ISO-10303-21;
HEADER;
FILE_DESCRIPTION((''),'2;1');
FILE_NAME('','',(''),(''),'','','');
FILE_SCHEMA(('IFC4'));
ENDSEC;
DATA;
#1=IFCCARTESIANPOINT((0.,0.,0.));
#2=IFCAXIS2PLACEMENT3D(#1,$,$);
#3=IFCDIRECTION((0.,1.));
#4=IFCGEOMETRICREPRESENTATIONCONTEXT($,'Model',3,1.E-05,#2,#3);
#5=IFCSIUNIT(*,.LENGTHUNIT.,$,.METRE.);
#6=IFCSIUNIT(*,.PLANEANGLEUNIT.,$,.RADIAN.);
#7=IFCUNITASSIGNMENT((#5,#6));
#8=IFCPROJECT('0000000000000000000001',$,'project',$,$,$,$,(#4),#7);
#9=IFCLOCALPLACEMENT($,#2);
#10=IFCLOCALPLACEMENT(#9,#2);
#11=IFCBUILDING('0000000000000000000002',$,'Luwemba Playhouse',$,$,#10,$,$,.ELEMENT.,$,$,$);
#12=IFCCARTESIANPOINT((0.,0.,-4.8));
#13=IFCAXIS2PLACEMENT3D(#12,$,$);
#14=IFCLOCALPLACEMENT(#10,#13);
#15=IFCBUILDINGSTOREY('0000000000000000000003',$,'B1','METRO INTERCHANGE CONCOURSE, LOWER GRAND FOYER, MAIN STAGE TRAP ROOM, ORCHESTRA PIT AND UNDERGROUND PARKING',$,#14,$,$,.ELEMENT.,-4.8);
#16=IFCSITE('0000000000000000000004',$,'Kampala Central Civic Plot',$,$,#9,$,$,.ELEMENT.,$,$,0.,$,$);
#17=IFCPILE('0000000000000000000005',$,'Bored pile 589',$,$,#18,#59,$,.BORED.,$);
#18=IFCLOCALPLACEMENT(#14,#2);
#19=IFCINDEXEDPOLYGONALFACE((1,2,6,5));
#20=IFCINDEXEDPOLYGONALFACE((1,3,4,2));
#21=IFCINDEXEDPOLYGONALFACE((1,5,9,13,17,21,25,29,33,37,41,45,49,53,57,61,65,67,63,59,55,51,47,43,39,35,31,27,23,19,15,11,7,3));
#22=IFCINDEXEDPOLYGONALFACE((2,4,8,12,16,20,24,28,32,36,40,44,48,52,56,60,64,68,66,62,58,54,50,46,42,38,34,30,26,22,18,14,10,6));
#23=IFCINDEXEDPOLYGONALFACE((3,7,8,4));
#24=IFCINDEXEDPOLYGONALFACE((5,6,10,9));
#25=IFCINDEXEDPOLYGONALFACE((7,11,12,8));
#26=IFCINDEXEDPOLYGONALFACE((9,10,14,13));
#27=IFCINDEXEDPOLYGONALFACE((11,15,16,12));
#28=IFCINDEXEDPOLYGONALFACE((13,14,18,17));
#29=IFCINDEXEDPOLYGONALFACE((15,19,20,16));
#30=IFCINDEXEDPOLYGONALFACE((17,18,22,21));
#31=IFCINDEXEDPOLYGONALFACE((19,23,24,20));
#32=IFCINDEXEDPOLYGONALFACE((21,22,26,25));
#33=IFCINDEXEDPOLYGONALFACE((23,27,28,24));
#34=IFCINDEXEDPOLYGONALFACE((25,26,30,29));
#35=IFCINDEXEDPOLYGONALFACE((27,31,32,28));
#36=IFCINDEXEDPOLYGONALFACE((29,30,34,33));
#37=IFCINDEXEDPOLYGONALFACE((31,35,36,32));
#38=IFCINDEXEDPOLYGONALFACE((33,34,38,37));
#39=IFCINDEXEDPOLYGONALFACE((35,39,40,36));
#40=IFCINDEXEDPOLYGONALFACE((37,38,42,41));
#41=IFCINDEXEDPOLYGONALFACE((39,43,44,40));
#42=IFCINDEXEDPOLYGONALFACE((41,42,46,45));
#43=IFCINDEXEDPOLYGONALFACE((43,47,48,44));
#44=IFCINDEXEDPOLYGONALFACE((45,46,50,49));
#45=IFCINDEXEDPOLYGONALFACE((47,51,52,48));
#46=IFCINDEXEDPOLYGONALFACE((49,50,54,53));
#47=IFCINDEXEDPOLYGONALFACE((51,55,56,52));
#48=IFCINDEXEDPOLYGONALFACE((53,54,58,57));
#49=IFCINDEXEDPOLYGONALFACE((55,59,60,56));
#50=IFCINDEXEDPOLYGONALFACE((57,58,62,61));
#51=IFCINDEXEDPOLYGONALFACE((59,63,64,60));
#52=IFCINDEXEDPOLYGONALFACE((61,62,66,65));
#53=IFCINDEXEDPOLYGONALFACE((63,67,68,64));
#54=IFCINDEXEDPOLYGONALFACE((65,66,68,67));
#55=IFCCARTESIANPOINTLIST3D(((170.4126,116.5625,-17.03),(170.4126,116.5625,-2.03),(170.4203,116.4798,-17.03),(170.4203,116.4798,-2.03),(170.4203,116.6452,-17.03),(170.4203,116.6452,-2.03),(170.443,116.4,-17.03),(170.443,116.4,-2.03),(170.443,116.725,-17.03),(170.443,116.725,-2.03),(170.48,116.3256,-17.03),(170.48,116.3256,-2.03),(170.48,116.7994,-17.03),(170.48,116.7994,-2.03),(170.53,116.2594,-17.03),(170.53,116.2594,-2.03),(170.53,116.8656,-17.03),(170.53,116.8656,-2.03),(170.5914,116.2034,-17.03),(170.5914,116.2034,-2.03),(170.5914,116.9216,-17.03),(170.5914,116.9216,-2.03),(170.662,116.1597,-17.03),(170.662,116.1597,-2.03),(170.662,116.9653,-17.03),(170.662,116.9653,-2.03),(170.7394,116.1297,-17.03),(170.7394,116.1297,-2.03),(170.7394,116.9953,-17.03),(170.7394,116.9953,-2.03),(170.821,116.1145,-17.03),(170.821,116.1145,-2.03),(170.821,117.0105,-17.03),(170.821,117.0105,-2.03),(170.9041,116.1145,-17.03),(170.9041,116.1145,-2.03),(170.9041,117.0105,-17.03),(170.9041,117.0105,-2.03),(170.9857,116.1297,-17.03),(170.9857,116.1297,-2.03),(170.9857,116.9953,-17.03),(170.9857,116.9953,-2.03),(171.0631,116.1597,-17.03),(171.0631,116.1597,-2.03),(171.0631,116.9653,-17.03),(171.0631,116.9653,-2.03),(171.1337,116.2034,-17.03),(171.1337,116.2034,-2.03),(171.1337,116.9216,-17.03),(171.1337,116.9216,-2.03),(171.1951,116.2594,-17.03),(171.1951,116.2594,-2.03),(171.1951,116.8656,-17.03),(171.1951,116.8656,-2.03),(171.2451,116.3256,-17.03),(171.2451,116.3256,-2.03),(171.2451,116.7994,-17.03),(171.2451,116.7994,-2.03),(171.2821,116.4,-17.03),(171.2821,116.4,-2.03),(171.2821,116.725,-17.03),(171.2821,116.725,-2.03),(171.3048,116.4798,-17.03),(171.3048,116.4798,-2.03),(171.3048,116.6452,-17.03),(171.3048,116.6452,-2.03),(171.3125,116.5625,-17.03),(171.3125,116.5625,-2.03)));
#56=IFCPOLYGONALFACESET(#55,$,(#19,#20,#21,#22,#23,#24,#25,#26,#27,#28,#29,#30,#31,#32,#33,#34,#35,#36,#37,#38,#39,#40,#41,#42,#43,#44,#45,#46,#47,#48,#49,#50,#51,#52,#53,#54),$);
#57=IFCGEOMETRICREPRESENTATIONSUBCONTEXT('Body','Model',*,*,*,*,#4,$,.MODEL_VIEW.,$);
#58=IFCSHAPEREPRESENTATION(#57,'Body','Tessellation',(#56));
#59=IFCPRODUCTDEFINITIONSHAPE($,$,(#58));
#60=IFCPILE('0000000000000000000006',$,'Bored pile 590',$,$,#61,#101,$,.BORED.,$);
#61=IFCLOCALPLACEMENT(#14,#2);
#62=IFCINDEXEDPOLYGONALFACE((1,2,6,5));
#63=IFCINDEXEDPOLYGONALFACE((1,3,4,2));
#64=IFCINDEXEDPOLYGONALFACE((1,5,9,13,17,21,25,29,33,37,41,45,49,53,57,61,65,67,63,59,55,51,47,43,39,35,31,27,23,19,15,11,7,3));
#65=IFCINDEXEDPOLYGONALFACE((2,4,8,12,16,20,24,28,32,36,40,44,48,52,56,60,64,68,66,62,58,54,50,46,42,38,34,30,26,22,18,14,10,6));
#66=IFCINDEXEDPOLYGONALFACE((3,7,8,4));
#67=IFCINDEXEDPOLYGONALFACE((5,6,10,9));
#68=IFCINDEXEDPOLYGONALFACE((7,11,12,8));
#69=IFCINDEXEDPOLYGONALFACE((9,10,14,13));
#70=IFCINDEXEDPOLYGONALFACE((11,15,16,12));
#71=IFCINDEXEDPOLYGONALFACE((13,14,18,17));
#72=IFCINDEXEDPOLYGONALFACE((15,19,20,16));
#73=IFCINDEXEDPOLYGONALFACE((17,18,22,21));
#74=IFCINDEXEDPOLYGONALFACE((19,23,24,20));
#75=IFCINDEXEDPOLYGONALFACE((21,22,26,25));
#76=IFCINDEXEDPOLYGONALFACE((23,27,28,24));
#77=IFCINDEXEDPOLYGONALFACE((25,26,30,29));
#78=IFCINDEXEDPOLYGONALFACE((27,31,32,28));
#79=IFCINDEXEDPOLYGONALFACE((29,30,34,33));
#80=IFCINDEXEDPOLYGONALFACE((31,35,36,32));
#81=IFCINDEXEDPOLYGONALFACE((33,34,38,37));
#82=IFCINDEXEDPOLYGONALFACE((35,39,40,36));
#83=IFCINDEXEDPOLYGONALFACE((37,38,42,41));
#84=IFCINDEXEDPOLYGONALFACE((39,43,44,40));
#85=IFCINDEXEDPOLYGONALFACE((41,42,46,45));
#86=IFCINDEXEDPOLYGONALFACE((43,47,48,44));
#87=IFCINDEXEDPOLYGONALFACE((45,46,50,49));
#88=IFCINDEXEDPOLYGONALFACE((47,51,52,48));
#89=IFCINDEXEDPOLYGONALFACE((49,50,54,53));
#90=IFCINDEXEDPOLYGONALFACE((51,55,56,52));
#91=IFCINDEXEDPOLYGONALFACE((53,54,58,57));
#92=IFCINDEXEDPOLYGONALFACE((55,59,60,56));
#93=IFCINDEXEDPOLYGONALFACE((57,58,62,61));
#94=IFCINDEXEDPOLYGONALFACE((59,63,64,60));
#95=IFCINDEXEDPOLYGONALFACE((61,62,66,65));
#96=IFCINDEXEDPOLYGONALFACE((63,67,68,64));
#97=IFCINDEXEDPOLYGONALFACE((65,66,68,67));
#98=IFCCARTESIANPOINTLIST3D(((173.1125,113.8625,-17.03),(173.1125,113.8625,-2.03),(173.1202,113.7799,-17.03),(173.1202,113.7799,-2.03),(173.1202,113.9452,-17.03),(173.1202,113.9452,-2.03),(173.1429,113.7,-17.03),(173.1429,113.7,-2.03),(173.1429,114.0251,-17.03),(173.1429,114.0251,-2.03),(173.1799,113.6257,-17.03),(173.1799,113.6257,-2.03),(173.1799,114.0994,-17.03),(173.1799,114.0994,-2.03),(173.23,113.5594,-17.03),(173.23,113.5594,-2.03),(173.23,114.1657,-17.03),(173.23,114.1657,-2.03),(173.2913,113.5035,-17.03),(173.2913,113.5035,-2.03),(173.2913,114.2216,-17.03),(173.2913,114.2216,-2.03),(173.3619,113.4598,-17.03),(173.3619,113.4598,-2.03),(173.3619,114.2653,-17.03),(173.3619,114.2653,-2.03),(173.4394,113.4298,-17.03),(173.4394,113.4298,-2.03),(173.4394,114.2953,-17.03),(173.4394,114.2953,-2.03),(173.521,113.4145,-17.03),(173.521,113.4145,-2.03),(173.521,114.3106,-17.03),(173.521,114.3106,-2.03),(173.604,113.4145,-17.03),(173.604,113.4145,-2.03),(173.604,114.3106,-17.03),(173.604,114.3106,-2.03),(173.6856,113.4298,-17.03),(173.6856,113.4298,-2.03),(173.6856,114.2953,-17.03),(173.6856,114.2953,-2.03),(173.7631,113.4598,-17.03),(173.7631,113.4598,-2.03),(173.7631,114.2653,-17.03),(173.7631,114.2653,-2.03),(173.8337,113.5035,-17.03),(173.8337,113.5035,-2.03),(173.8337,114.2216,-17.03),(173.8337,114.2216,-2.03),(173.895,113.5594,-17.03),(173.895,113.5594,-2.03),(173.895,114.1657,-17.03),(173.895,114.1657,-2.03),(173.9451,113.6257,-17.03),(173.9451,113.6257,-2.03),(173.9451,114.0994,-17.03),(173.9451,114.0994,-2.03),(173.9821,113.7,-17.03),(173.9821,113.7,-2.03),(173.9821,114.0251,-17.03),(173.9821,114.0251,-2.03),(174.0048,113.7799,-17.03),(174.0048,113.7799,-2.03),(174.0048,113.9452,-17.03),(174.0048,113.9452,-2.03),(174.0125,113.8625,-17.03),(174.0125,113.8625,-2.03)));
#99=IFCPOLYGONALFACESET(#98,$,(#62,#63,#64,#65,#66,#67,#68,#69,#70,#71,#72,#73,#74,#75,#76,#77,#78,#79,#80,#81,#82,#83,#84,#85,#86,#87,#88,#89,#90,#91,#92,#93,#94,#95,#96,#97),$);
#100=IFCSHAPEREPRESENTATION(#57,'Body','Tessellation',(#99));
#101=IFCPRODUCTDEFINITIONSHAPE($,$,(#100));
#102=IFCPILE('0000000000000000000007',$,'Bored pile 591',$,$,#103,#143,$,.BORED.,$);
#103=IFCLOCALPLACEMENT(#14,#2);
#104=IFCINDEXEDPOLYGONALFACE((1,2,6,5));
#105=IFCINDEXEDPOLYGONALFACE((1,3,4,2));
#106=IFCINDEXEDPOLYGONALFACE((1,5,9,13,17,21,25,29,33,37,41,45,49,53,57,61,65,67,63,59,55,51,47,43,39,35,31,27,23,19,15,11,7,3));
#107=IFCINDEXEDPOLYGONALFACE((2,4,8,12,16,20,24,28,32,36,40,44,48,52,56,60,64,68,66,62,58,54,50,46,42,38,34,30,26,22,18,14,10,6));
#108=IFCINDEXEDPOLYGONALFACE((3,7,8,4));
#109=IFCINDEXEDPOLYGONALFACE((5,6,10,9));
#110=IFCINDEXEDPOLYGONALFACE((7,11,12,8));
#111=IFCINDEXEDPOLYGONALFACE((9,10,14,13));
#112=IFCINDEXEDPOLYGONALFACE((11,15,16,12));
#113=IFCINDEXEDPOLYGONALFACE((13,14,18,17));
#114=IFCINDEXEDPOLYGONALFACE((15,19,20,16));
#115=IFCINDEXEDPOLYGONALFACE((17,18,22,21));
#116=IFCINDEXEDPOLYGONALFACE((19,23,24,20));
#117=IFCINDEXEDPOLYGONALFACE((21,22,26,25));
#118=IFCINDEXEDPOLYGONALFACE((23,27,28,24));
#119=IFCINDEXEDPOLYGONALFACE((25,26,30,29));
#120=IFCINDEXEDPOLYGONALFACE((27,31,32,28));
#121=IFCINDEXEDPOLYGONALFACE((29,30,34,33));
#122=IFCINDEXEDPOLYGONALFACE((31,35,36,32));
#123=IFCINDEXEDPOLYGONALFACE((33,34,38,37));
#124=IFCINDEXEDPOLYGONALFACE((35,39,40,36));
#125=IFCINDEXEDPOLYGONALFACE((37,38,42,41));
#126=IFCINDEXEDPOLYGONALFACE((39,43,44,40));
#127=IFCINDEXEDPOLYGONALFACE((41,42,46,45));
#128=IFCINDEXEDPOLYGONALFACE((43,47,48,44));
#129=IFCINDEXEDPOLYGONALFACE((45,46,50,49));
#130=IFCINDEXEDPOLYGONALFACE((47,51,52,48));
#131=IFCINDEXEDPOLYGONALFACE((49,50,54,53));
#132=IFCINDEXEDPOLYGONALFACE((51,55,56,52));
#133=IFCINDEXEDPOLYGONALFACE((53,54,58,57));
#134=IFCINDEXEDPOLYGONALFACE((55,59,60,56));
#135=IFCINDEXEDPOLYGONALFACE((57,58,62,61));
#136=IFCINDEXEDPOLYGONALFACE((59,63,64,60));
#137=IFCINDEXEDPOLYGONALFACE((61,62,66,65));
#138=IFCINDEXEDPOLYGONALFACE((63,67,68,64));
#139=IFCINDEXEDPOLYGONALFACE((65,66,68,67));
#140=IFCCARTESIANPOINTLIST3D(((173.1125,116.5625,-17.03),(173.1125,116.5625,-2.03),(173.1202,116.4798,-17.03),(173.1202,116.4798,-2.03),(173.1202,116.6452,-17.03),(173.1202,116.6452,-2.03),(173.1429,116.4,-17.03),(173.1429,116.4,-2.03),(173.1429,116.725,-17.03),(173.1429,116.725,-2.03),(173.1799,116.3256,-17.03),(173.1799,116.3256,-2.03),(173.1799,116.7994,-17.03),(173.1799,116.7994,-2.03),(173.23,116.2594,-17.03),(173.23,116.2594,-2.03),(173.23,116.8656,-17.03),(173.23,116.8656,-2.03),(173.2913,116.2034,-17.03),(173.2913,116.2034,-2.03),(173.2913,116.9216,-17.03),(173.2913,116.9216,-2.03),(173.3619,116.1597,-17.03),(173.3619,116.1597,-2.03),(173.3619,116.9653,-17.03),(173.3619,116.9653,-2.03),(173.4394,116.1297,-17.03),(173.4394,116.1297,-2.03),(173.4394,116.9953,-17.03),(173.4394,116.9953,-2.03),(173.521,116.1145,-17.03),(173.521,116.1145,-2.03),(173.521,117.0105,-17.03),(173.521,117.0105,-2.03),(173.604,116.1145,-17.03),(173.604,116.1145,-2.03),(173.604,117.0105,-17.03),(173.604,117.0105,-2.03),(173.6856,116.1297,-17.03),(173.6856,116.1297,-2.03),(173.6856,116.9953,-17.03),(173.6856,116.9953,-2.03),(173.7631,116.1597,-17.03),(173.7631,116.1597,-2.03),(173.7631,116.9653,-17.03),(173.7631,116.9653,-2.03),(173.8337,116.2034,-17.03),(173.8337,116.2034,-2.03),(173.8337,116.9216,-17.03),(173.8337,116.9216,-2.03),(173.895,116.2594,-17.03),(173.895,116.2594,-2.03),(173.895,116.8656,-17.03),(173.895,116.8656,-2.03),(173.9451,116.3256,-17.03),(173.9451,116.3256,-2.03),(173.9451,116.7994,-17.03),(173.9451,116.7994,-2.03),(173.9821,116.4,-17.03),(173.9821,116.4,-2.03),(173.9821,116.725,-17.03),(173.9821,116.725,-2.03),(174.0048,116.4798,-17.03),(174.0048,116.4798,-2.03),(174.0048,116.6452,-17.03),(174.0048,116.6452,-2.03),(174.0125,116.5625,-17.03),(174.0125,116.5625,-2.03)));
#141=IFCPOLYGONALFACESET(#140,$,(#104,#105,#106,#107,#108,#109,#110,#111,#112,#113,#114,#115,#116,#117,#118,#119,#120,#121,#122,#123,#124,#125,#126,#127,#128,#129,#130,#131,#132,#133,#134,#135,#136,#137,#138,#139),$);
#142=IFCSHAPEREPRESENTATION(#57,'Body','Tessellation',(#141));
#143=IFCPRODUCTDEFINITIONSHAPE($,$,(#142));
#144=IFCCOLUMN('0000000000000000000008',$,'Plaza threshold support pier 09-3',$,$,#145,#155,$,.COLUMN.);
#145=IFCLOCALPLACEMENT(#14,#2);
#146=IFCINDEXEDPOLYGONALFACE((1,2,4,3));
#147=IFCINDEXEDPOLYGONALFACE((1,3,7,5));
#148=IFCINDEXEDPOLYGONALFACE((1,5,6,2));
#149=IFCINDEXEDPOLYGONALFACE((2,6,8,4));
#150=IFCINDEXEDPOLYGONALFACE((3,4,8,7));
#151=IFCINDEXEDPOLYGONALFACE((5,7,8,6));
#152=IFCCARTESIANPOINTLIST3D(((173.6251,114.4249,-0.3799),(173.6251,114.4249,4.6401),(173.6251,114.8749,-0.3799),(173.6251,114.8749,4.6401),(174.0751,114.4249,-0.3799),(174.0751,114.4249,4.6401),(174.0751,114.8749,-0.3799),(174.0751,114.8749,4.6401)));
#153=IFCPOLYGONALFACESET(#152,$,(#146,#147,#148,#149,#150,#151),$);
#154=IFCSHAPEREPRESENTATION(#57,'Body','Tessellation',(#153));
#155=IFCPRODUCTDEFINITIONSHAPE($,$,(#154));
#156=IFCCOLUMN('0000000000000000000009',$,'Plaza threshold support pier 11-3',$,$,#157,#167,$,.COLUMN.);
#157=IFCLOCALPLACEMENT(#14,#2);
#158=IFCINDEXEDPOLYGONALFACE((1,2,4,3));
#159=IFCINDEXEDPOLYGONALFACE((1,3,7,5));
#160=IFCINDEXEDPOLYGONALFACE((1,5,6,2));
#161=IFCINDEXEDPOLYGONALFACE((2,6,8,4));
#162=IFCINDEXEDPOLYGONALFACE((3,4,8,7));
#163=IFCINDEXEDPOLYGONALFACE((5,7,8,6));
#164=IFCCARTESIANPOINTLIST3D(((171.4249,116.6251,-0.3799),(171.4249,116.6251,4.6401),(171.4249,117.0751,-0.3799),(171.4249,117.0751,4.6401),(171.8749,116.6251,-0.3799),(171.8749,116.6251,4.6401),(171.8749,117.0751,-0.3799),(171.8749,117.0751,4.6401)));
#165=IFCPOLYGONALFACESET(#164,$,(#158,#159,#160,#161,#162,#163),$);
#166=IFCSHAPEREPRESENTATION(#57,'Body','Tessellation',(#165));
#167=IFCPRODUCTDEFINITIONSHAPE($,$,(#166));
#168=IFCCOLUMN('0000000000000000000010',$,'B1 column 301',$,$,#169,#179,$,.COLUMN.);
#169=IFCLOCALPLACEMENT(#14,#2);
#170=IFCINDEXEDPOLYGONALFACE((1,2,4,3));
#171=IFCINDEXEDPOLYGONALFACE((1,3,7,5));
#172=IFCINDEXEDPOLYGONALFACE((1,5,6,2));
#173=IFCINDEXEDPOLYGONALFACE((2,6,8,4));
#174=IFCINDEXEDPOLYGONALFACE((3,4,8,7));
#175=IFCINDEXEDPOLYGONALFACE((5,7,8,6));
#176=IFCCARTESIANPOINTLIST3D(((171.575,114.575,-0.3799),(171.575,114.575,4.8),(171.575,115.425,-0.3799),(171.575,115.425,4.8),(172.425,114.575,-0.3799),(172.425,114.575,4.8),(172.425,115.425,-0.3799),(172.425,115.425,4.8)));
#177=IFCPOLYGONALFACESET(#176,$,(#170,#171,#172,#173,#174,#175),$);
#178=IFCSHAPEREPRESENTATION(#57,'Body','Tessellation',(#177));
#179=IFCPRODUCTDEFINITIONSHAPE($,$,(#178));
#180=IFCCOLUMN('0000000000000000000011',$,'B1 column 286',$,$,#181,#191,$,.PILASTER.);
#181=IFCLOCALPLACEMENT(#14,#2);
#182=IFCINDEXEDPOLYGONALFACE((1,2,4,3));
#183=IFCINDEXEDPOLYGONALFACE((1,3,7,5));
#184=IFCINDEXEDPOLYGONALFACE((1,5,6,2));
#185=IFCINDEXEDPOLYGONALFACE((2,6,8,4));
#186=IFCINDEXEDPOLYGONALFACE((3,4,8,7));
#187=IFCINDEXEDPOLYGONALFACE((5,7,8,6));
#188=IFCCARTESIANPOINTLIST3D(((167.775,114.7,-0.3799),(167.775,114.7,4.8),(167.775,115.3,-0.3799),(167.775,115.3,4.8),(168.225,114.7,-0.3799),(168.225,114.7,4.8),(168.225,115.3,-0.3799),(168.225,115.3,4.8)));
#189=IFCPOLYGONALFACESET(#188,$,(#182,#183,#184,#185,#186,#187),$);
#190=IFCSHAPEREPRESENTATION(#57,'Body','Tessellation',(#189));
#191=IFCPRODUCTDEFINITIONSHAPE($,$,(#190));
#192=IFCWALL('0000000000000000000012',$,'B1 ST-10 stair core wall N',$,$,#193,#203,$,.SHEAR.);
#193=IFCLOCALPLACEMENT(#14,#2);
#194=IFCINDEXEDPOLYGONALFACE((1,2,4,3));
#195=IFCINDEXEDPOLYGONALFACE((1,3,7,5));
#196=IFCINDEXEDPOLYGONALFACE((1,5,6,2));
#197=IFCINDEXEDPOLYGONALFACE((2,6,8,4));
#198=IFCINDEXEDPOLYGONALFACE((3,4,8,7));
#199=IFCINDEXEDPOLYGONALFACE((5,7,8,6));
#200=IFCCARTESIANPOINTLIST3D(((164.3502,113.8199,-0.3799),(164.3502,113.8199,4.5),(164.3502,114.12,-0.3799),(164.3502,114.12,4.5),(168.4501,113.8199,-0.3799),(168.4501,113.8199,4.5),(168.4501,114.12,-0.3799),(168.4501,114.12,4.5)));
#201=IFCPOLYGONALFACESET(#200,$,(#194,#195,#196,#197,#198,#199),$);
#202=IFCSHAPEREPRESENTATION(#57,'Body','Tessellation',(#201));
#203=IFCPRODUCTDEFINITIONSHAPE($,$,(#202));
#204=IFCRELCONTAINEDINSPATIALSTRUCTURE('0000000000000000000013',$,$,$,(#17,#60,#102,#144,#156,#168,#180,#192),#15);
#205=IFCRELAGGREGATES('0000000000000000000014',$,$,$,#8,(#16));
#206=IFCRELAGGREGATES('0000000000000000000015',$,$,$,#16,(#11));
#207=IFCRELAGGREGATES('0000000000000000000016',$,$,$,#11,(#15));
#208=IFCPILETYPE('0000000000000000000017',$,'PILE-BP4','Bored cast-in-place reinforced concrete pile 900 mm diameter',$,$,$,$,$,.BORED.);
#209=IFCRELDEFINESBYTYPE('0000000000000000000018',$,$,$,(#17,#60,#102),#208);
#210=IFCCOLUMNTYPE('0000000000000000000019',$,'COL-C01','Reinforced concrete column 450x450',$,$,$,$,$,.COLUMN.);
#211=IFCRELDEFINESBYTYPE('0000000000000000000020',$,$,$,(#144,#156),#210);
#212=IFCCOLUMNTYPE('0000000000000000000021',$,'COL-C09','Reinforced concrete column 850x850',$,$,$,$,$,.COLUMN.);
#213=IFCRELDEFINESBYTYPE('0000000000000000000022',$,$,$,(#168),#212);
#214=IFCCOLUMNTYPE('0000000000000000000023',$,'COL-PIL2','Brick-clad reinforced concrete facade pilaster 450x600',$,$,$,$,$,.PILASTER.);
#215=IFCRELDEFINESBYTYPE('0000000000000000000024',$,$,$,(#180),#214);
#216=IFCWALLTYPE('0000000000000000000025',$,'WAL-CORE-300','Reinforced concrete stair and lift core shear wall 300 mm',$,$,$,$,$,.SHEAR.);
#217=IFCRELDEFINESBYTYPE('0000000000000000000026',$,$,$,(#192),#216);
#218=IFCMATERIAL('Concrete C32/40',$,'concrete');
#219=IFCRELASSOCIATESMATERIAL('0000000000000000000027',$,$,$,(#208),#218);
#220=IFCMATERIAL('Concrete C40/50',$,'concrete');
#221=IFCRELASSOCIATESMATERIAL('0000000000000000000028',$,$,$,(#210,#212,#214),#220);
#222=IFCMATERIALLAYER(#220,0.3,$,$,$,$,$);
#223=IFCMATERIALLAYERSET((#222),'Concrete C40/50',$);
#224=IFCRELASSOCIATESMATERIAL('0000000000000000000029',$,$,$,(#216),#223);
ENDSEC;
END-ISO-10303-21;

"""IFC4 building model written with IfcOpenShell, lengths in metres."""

from ifc_helpers import new_model, si_unit, direction, frame, frame_2d, origin, origin_2d, place, context, subcontext, project, spatial, rectangle, circle, extrude, material, layer, layer_set, material_profile, profile_set, type_object, element, save


model = new_model("IFC4")

# Units and contexts
model_context = context("Model", 3, precision=1e-05, world=origin(), true_north=direction((0.0, 1.0)))
body_context = subcontext(model_context, "Body", "Model", "MODEL_VIEW")
ifc_project = project(units=[si_unit("LENGTHUNIT", "METRE"), si_unit("PLANEANGLEUNIT", "RADIAN")], contexts=[model_context])

# Site, building, storey
site_placement = place(None, origin())
site = spatial("IfcSite", under=ifc_project, at=site_placement, Name="Kampala Central Civic Plot", CompositionType="ELEMENT", RefElevation=0.0)
building_placement = place(site_placement, origin())
building = spatial("IfcBuilding", under=site, at=building_placement, Name="Luwemba Playhouse", CompositionType="ELEMENT")
storey_placement = place(building_placement, frame((0.0, 0.0, -4.8)))
storey = spatial("IfcBuildingStorey", under=building, at=storey_placement, Name="B1", Description="METRO INTERCHANGE CONCOURSE, LOWER GRAND FOYER, MAIN STAGE TRAP ROOM, ORCHESTRA PIT AND UNDERGROUND PARKING", CompositionType="ELEMENT", Elevation=-4.8)

# Shared definitions
ifc_material_1 = material(Name="Concrete C32/40", Category="concrete")

# Piles
ifc_material_profile_1 = material_profile(ifc_material_1, circle(Radius=0.45, at=origin_2d()))
ifc_profile_set_1 = profile_set([ifc_material_profile_1], Name="Concrete C32/40")
pile_type_1 = type_object("IfcPileType", Name="PILE-BP4", Description="Bored cast-in-place reinforced concrete pile 900 mm diameter", PredefinedType="BORED", material=ifc_profile_set_1)
for number, where, z_axis, x_axis, name in (
    (1, (170.8625, 116.5625, -2.03), (0.0, 0.0, -1.0), (1.0, 0.0, 0.0), "Bored pile 589"),
    (2, (173.5625, 113.8625, -2.03), (0.0, 0.0, -1.0), (1.0, 0.0, 0.0), "Bored pile 590"),
    (3, (173.5625, 116.5625, -2.03), (0.0, 0.0, -1.0), (1.0, 0.0, 0.0), "Bored pile 591"),
):
    element("IfcPile", number, at=place(storey_placement, frame(where, z_axis=z_axis, x_axis=x_axis)), inside=storey, type_object=pile_type_1, Name=name, PredefinedType="BORED", context=body_context, shape_type="SweptSolid", body=[
        extrude(circle(Radius=0.45, at=origin_2d()), origin(), (0.0, 0.0, 1.0), 15.0),
    ])

# Columns
ifc_material_2 = material(Name="Concrete C40/50", Category="concrete")
ifc_material_profile_2 = material_profile(ifc_material_2, rectangle(XDim=0.45, YDim=0.45, at=origin_2d()))
ifc_profile_set_2 = profile_set([ifc_material_profile_2], Name="Concrete C40/50")
column_type_1 = type_object("IfcColumnType", Name="COL-C01", Description="Reinforced concrete column 450x450", PredefinedType="COLUMN", material=ifc_profile_set_2)
for number, where, z_axis, x_axis, name in (
    (4, (173.8501, 114.6499, -0.3799), (0.0, 0.0, 1.0), (1.0, 0.0, 0.0), "Plaza threshold support pier 09-3"),
    (5, (171.6499, 116.8501, -0.3799), (0.0, 0.0, 1.0), (1.0, 0.0, 0.0), "Plaza threshold support pier 11-3"),
):
    element("IfcColumn", number, at=place(storey_placement, frame(where, z_axis=z_axis, x_axis=x_axis)), inside=storey, type_object=column_type_1, Name=name, PredefinedType="COLUMN", context=body_context, shape_type="SweptSolid", body=[
        extrude(rectangle(XDim=0.45, YDim=0.45, at=origin_2d()), origin(), (0.0, 0.0, 1.0), 5.02),
    ])
ifc_material_profile_3 = material_profile(ifc_material_2, rectangle(XDim=0.8501, YDim=0.8501, at=origin_2d()))
ifc_profile_set_3 = profile_set([ifc_material_profile_3], Name="Concrete C40/50")
column_type_2 = type_object("IfcColumnType", Name="COL-C09", Description="Reinforced concrete column 850x850", PredefinedType="COLUMN", material=ifc_profile_set_3)
column_1_placement = place(storey_placement, frame((172.0, 115.0, -0.3799), z_axis=(0.0, 0.0, 1.0), x_axis=(1.0, 0.0, 0.0)))
element("IfcColumn", 6, at=column_1_placement, inside=storey, type_object=column_type_2, Name="B1 column 301", PredefinedType="COLUMN", context=body_context, shape_type="SweptSolid", body=[
    extrude(rectangle(XDim=0.8501, YDim=0.8501, at=origin_2d()), origin(), (0.0, 0.0, 1.0), 5.1799),
])
ifc_material_profile_4 = material_profile(ifc_material_2, rectangle(XDim=0.45, YDim=0.6001, at=origin_2d()))
ifc_profile_set_4 = profile_set([ifc_material_profile_4], Name="Concrete C40/50")
column_type_3 = type_object("IfcColumnType", Name="COL-PIL2", Description="Brick-clad reinforced concrete facade pilaster 450x600", PredefinedType="PILASTER", material=ifc_profile_set_4)
column_2_placement = place(storey_placement, frame((168.0, 115.0, -0.3799), z_axis=(0.0, 0.0, 1.0), x_axis=(1.0, 0.0, 0.0)))
element("IfcColumn", 7, at=column_2_placement, inside=storey, type_object=column_type_3, Name="B1 column 286", PredefinedType="PILASTER", context=body_context, shape_type="SweptSolid", body=[
    extrude(rectangle(XDim=0.45, YDim=0.6001, at=origin_2d()), origin(), (0.0, 0.0, 1.0), 5.1799),
])

# Wall
ifc_layer_1 = layer(ifc_material_2, 0.3)
ifc_layer_set_1 = layer_set([ifc_layer_1], Name="Concrete C40/50")
wall_type_1 = type_object("IfcWallType", Name="WAL-CORE-300", Description="Reinforced concrete stair and lift core shear wall 300 mm", PredefinedType="SHEAR", material=ifc_layer_set_1)
wall_1_placement = place(storey_placement, frame((168.45, 113.97, -0.3799), z_axis=(0.0, 0.0, 1.0), x_axis=(-1.0, 0.0, 0.0)))
element("IfcWall", 8, at=wall_1_placement, inside=storey, type_object=wall_type_1, Name="B1 ST-10 stair core wall N", PredefinedType="SHEAR", context=body_context, shape_type="SweptSolid", body=[
    extrude(rectangle(XDim=4.0999, YDim=0.3, at=frame_2d((2.0498, 0.0))), origin(), (0.0, 0.0, 1.0), 4.8799),
])

save(model, "model.ifc")
